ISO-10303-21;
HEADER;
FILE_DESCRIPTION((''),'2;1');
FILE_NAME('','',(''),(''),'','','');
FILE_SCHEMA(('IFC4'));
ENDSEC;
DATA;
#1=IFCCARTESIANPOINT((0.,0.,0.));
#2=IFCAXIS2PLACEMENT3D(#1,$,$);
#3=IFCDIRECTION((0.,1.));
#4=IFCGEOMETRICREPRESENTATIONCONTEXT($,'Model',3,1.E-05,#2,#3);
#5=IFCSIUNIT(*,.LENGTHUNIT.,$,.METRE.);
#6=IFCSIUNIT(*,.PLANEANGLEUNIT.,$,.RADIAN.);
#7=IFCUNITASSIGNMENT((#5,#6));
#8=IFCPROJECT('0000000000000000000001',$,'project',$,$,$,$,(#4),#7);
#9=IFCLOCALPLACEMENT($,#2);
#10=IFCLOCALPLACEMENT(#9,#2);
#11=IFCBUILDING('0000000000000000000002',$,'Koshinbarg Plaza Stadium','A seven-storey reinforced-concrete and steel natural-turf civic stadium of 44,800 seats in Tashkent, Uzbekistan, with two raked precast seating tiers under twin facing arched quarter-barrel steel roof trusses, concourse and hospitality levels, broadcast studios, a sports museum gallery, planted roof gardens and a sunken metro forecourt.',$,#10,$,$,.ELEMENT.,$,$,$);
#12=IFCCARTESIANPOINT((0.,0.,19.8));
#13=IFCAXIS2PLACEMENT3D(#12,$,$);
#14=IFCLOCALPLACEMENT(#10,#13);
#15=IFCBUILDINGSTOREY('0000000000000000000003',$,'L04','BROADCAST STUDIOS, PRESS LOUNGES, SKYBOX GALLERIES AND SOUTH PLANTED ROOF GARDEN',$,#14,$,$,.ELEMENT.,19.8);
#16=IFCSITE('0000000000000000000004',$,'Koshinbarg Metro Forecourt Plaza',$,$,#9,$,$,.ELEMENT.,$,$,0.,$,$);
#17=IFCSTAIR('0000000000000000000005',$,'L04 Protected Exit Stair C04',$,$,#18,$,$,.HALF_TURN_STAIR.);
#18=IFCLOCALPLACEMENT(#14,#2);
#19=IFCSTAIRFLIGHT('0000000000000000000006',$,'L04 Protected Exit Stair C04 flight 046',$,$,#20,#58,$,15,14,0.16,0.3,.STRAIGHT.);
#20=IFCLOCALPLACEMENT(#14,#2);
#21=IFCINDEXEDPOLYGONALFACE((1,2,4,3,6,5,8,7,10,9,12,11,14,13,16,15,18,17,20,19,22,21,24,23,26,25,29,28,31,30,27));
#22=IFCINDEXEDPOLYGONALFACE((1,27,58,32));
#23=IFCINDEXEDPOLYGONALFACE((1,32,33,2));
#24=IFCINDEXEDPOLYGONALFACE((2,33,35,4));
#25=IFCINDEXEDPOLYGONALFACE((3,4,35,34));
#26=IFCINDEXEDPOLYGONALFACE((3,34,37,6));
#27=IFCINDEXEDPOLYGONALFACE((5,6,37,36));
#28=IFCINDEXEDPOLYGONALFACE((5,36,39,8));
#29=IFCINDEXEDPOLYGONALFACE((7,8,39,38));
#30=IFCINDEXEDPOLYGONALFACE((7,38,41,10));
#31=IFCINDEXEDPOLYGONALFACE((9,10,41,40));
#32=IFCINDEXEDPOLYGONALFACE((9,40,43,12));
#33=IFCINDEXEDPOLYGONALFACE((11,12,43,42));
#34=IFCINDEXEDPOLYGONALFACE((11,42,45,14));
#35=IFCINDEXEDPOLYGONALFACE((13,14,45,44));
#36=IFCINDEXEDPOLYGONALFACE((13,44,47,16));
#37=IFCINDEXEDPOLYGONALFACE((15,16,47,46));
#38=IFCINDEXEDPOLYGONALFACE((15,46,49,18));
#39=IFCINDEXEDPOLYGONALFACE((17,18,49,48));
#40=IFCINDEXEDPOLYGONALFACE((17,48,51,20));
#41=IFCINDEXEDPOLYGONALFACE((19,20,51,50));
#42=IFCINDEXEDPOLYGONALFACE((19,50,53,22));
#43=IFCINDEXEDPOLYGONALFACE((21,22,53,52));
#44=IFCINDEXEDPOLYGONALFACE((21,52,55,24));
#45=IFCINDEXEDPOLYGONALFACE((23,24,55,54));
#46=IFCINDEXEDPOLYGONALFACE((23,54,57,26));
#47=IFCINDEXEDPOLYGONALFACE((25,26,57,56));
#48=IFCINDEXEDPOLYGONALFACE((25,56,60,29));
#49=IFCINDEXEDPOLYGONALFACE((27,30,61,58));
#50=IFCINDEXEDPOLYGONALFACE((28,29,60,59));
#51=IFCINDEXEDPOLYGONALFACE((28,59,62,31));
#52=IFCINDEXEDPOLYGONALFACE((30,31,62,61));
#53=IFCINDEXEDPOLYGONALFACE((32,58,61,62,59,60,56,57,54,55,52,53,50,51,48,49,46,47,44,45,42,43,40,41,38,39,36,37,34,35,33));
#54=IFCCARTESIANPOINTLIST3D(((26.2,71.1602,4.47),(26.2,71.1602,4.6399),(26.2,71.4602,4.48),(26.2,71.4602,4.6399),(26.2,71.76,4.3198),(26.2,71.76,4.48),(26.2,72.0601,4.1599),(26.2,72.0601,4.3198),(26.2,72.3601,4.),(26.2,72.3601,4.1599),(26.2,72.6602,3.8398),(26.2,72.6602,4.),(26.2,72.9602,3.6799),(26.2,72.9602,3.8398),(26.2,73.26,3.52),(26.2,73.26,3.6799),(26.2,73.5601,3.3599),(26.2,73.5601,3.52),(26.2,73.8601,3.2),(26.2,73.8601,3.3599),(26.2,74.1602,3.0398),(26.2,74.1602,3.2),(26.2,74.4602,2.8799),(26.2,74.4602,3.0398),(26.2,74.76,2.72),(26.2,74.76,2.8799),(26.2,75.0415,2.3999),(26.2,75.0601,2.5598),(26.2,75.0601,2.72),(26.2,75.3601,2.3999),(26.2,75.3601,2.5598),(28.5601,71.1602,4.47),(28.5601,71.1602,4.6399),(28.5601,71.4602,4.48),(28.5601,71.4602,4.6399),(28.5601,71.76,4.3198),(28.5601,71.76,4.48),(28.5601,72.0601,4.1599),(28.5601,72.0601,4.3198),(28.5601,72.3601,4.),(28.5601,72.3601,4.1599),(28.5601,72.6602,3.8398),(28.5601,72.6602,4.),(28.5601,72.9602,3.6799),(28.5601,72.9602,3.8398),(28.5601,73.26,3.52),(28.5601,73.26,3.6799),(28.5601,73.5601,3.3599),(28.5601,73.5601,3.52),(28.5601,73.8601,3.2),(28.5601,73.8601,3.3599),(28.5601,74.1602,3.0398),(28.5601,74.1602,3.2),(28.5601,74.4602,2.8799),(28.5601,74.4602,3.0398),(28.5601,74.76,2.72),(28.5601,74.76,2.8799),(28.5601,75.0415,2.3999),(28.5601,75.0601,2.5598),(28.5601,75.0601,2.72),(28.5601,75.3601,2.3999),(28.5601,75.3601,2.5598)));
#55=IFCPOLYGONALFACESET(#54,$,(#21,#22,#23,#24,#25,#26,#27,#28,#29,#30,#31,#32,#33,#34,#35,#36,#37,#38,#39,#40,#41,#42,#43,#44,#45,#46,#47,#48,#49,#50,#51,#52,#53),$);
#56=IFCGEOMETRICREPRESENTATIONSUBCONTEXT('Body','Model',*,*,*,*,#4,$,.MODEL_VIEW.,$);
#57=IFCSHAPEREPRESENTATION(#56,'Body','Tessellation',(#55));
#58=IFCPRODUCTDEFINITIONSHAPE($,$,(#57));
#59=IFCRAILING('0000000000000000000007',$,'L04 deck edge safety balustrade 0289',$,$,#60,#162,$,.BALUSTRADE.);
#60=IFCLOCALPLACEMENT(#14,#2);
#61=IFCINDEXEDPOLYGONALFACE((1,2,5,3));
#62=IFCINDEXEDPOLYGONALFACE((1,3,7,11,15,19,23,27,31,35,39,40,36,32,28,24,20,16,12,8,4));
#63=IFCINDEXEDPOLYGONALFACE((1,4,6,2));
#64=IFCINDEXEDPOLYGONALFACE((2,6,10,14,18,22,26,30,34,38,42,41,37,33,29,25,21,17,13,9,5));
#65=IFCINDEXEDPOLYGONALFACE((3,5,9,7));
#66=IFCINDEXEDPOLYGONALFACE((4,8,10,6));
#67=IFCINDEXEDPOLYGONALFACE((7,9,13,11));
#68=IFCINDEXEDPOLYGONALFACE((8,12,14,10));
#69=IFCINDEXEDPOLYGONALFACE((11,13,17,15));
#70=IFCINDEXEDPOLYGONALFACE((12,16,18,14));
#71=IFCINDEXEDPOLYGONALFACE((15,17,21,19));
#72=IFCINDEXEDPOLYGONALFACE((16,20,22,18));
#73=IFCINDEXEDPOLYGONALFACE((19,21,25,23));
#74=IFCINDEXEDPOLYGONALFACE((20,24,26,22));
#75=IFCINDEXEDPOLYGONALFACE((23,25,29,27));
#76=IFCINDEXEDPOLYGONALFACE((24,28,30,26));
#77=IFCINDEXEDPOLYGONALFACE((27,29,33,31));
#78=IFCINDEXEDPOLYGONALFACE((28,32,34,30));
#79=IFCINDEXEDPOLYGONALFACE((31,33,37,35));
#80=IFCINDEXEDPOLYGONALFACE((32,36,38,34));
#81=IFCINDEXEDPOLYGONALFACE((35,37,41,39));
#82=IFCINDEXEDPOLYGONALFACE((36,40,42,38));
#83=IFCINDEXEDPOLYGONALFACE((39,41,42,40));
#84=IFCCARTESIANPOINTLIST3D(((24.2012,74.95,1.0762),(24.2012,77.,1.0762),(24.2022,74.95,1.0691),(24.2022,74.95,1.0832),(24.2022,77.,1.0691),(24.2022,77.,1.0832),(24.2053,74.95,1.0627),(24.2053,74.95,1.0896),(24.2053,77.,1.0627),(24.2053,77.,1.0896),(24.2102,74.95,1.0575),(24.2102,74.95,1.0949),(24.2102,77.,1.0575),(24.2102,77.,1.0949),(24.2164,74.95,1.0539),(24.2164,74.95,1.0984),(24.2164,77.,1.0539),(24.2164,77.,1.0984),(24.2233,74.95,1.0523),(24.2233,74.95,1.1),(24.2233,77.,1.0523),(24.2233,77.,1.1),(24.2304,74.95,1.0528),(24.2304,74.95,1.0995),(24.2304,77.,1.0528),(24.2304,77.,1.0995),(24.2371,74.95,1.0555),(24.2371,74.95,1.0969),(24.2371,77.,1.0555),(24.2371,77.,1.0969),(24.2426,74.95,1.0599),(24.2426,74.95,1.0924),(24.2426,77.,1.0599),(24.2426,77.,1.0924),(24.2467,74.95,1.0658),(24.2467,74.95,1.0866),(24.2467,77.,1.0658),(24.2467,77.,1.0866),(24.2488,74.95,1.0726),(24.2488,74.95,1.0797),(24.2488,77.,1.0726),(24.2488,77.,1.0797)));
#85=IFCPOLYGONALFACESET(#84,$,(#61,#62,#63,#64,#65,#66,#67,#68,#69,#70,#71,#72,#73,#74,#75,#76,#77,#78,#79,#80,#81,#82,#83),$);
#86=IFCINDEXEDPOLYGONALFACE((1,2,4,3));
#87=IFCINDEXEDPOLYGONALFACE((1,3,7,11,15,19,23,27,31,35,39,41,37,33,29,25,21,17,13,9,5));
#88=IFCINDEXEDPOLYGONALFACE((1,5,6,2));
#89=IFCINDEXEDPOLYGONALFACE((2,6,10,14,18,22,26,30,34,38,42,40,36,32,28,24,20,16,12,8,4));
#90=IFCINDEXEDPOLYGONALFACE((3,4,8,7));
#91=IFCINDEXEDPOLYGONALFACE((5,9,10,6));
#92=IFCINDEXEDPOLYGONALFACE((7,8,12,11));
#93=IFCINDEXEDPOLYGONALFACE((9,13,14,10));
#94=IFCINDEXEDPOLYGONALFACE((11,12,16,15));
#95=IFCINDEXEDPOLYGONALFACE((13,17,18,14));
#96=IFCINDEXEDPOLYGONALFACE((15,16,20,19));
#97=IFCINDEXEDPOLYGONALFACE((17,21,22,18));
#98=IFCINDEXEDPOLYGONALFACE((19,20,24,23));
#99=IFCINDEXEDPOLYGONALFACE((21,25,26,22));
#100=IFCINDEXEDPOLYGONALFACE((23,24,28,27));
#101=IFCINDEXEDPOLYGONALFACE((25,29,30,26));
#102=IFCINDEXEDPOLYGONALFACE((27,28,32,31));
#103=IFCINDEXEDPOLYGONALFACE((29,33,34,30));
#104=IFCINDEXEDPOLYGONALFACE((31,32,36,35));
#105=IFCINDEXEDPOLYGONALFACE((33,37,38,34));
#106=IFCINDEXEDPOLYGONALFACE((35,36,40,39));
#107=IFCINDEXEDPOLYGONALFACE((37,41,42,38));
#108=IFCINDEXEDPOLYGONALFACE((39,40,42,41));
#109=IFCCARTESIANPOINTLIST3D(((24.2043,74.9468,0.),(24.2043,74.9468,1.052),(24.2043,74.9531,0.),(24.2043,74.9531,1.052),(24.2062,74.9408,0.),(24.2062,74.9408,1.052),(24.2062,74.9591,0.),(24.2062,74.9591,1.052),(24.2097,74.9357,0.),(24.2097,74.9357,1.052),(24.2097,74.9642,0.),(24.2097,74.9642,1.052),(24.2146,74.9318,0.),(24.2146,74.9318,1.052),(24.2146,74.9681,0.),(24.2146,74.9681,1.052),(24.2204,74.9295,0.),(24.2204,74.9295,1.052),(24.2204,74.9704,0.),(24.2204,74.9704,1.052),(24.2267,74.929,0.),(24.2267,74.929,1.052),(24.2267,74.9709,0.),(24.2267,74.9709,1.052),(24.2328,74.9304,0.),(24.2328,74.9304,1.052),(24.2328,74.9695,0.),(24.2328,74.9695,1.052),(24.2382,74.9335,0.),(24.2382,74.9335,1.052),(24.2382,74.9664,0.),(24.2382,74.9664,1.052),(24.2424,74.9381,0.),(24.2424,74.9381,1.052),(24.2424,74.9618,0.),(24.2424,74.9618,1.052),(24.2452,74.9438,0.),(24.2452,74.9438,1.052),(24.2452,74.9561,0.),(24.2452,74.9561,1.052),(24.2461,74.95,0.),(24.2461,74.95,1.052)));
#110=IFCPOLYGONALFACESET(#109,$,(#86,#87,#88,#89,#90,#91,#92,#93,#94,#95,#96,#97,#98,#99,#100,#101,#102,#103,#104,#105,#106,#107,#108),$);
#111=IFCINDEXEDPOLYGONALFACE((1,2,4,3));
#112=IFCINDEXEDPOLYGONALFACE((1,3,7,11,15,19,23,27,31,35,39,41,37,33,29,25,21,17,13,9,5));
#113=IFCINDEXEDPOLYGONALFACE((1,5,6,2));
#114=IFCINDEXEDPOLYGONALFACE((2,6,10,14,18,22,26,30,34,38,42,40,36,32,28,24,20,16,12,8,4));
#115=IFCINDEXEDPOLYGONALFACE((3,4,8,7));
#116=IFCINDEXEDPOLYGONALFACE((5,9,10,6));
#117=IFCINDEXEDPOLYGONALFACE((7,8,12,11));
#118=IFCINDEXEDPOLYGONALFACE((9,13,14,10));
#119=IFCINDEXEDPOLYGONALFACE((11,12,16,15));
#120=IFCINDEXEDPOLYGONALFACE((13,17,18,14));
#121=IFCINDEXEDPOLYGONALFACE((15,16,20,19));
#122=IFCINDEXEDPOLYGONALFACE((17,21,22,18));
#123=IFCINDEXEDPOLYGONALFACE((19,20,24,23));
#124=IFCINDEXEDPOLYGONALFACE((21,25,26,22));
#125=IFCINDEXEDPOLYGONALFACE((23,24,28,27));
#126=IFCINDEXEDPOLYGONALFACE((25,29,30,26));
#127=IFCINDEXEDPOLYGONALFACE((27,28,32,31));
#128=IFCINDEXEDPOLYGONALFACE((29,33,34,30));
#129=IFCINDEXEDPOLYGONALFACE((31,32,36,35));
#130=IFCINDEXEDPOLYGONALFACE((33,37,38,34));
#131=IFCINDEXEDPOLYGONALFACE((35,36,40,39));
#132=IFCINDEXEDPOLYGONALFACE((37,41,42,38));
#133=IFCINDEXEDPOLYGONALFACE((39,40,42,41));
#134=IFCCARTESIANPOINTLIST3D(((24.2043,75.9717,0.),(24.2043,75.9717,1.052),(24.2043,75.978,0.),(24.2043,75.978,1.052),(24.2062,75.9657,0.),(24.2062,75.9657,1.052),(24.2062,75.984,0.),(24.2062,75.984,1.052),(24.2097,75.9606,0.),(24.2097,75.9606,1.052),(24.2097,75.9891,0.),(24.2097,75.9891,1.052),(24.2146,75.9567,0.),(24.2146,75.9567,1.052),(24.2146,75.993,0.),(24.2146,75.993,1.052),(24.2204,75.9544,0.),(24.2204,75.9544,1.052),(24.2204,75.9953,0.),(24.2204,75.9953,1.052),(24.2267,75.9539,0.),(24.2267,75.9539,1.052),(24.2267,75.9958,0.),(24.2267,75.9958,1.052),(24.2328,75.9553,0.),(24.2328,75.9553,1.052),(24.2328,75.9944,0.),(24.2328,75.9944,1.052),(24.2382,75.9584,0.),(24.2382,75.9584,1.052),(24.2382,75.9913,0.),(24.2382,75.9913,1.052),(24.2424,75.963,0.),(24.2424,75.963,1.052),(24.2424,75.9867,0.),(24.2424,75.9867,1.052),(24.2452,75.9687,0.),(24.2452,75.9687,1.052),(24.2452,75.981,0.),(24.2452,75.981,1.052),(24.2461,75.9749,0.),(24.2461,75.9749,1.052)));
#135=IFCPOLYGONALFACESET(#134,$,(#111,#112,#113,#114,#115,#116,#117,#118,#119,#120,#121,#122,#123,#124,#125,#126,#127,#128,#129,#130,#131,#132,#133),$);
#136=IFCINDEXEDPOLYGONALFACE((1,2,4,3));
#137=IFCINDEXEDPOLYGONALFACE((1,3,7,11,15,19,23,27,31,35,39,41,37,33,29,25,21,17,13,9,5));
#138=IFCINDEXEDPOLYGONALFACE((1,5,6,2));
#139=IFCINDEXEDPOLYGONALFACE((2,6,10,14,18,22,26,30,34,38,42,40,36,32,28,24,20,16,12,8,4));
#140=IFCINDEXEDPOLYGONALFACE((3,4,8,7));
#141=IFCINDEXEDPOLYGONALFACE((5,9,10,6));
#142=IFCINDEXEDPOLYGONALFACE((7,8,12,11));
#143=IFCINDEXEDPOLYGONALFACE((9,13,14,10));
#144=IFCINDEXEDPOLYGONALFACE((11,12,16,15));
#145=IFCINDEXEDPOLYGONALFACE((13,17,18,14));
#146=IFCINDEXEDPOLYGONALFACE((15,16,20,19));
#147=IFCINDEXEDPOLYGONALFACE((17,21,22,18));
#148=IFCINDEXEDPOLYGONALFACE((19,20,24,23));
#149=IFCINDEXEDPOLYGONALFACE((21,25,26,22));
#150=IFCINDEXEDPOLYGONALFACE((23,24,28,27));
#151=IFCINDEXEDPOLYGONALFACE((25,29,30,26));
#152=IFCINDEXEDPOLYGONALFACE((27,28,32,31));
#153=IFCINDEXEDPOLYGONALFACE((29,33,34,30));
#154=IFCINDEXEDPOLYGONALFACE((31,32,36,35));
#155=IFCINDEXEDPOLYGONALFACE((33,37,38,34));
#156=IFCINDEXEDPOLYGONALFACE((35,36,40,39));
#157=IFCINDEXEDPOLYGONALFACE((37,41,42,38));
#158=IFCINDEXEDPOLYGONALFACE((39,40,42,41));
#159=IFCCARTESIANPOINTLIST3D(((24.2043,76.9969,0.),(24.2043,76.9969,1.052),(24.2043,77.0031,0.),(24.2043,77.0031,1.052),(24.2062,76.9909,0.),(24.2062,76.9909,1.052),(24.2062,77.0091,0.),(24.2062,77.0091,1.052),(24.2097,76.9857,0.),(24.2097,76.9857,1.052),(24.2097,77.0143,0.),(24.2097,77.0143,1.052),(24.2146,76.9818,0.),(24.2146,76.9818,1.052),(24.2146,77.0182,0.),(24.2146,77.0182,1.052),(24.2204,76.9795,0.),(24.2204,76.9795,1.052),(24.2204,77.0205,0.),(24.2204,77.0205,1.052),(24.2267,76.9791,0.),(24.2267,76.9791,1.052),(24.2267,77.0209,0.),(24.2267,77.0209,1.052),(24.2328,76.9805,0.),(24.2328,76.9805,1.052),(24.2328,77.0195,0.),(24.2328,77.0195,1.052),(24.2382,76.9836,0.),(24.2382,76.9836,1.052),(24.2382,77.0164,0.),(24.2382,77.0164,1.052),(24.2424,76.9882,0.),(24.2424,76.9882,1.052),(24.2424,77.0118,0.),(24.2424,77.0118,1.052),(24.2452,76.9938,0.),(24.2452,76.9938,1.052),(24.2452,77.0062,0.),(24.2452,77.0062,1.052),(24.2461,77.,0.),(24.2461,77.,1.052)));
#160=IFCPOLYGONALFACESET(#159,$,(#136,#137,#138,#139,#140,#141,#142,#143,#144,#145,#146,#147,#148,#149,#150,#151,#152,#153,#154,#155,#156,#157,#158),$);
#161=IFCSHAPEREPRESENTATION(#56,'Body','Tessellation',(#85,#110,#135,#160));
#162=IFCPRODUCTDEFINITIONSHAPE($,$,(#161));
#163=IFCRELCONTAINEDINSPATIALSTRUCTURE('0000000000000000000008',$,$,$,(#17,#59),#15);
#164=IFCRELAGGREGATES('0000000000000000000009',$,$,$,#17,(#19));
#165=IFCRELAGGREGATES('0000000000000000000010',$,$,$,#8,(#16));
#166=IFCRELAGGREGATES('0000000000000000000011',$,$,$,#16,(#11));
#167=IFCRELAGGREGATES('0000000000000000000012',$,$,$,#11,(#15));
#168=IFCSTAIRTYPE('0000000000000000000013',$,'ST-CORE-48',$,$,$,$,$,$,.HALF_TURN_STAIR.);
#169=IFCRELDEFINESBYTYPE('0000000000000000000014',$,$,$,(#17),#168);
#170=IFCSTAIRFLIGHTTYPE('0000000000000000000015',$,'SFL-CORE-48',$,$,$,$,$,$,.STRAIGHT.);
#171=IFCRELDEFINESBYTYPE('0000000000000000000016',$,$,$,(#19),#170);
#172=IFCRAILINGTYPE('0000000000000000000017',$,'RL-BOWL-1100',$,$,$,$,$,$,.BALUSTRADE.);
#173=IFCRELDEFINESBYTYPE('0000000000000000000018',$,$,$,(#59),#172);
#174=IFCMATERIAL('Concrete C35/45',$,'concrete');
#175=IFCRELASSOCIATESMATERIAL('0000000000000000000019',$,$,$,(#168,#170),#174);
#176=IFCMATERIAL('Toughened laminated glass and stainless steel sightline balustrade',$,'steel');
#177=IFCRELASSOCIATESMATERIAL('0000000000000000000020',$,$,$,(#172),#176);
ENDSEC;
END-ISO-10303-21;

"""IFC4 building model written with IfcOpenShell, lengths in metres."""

from ifc_helpers import new_model, si_unit, direction, frame, origin, origin_2d, place, context, subcontext, project, spatial, polyline, circle, outline, extrude, material, type_object, element, aggregate, save


model = new_model("IFC4")

# Units and contexts
model_context = context("Model", 3, precision=1e-05, world=origin(), true_north=direction((0.0, 1.0)))
body_context = subcontext(model_context, "Body", "Model", "MODEL_VIEW")
ifc_project = project(units=[si_unit("LENGTHUNIT", "METRE"), si_unit("PLANEANGLEUNIT", "RADIAN")], contexts=[model_context])

# Site, building, storey
site_placement = place(None, origin())
site = spatial("IfcSite", under=ifc_project, at=site_placement, Name="Koshinbarg Metro Forecourt Plaza", CompositionType="ELEMENT", RefElevation=0.0)
building_placement = place(site_placement, origin())
building = spatial("IfcBuilding", under=site, at=building_placement, Name="Koshinbarg Plaza Stadium", Description="A seven-storey reinforced-concrete and steel natural-turf civic stadium of 44,800 seats in Tashkent, Uzbekistan, with two raked precast seating tiers under twin facing arched quarter-barrel steel roof trusses, concourse and hospitality levels, broadcast studios, a sports museum gallery, planted roof gardens and a sunken metro forecourt.", CompositionType="ELEMENT")
storey_placement = place(building_placement, frame((0.0, 0.0, 19.8)))
storey = spatial("IfcBuildingStorey", under=building, at=storey_placement, Name="L04", Description="BROADCAST STUDIOS, PRESS LOUNGES, SKYBOX GALLERIES AND SOUTH PLANTED ROOF GARDEN", CompositionType="ELEMENT", Elevation=19.8)

# Stair, stair flight
ifc_material_1 = material(Name="Concrete C35/45", Category="concrete")
stair_type = type_object("IfcStairType", Name="ST-CORE-48", PredefinedType="HALF_TURN_STAIR", material=ifc_material_1)
stair_placement = place(storey_placement, origin())
stair = element("IfcStair", 1, at=stair_placement, inside=storey, type_object=stair_type, Name="L04 Protected Exit Stair C04", PredefinedType="HALF_TURN_STAIR")
stair_flight_type = type_object("IfcStairFlightType", Name="SFL-CORE-48", PredefinedType="STRAIGHT", material=ifc_material_1)
stair_flight_1_placement = place(storey_placement, frame((27.3799, 75.3601, 2.3999), z_axis=(0.0, 0.0, 1.0), x_axis=(0.0, -1.0, 0.0)))
stair_flight_1 = element("IfcStairFlight", 2, at=stair_flight_1_placement, type_object=stair_flight_type, Name="L04 Protected Exit Stair C04 flight 046", NumberOfRisers=15, NumberOfTreads=14, PredefinedType="STRAIGHT", RiserHeight=0.16, TreadLength=0.3, context=body_context, shape_type="SweptSolid", body=[
    extrude(outline(polyline([(0.0, 0.0), (0.0, 0.1599), (0.3, 0.1599), (0.3, 0.3201), (0.6001, 0.3201), (0.6001, 0.48), (0.8999, 0.48), (0.8999, 0.6399), (1.2, 0.6399), (1.2, 0.8), (1.5, 0.8), (1.5, 0.96), (1.8, 0.96), (1.8, 1.1201), (2.1001, 1.1201), (2.1001, 1.28), (2.3999, 1.28), (2.3999, 1.4399), (2.7, 1.4399), (2.7, 1.6001), (3.0, 1.6001), (3.0, 1.76), (3.3, 1.76), (3.3, 1.9199), (3.6001, 1.9199), (3.6001, 2.0801), (3.8999, 2.0801), (3.8999, 2.24), (4.2, 2.24), (4.2, 2.3999), (4.2, 2.0701), (0.3186, 0.0), (0.0, 0.0)])), frame((0.0, 1.1802, 0.0), z_axis=(0.0, -1.0, 0.0), x_axis=(1.0, 0.0, 0.0)), (0.0, 0.0, 1.0), 2.3601),
])
aggregate(stair, [stair_flight_1])

# Railing
ifc_material_2 = material(Name="Toughened laminated glass and stainless steel sightline balustrade", Category="steel")
railing_type_1 = type_object("IfcRailingType", Name="RL-BOWL-1100", PredefinedType="BALUSTRADE", material=ifc_material_2)
railing_1_placement = place(storey_placement, frame((24.2251, 74.95, 0.0)))
element("IfcRailing", 3, at=railing_1_placement, inside=storey, type_object=railing_type_1, Name="L04 deck edge safety balustrade 0289", PredefinedType="BALUSTRADE", context=body_context, shape_type="SweptSolid", body=[
    extrude(circle(Radius=0.0239, at=origin_2d()), frame((0.0, 0.0, 1.0762), z_axis=(0.0, 1.0, 0.0), x_axis=(-1.0, 0.0, 0.0)), (0.0, 0.0, 1.0), 2.05),
    extrude(circle(Radius=0.021, at=origin_2d()), origin(), (0.0, 0.0, 1.0), 1.052),
    extrude(circle(Radius=0.021, at=origin_2d()), frame((0.0, 1.0249, 0.0)), (0.0, 0.0, 1.0), 1.052),
    extrude(circle(Radius=0.021, at=origin_2d()), frame((0.0, 2.05, 0.0)), (0.0, 0.0, 1.0), 1.052),
])

save(model, "model.ifc")
